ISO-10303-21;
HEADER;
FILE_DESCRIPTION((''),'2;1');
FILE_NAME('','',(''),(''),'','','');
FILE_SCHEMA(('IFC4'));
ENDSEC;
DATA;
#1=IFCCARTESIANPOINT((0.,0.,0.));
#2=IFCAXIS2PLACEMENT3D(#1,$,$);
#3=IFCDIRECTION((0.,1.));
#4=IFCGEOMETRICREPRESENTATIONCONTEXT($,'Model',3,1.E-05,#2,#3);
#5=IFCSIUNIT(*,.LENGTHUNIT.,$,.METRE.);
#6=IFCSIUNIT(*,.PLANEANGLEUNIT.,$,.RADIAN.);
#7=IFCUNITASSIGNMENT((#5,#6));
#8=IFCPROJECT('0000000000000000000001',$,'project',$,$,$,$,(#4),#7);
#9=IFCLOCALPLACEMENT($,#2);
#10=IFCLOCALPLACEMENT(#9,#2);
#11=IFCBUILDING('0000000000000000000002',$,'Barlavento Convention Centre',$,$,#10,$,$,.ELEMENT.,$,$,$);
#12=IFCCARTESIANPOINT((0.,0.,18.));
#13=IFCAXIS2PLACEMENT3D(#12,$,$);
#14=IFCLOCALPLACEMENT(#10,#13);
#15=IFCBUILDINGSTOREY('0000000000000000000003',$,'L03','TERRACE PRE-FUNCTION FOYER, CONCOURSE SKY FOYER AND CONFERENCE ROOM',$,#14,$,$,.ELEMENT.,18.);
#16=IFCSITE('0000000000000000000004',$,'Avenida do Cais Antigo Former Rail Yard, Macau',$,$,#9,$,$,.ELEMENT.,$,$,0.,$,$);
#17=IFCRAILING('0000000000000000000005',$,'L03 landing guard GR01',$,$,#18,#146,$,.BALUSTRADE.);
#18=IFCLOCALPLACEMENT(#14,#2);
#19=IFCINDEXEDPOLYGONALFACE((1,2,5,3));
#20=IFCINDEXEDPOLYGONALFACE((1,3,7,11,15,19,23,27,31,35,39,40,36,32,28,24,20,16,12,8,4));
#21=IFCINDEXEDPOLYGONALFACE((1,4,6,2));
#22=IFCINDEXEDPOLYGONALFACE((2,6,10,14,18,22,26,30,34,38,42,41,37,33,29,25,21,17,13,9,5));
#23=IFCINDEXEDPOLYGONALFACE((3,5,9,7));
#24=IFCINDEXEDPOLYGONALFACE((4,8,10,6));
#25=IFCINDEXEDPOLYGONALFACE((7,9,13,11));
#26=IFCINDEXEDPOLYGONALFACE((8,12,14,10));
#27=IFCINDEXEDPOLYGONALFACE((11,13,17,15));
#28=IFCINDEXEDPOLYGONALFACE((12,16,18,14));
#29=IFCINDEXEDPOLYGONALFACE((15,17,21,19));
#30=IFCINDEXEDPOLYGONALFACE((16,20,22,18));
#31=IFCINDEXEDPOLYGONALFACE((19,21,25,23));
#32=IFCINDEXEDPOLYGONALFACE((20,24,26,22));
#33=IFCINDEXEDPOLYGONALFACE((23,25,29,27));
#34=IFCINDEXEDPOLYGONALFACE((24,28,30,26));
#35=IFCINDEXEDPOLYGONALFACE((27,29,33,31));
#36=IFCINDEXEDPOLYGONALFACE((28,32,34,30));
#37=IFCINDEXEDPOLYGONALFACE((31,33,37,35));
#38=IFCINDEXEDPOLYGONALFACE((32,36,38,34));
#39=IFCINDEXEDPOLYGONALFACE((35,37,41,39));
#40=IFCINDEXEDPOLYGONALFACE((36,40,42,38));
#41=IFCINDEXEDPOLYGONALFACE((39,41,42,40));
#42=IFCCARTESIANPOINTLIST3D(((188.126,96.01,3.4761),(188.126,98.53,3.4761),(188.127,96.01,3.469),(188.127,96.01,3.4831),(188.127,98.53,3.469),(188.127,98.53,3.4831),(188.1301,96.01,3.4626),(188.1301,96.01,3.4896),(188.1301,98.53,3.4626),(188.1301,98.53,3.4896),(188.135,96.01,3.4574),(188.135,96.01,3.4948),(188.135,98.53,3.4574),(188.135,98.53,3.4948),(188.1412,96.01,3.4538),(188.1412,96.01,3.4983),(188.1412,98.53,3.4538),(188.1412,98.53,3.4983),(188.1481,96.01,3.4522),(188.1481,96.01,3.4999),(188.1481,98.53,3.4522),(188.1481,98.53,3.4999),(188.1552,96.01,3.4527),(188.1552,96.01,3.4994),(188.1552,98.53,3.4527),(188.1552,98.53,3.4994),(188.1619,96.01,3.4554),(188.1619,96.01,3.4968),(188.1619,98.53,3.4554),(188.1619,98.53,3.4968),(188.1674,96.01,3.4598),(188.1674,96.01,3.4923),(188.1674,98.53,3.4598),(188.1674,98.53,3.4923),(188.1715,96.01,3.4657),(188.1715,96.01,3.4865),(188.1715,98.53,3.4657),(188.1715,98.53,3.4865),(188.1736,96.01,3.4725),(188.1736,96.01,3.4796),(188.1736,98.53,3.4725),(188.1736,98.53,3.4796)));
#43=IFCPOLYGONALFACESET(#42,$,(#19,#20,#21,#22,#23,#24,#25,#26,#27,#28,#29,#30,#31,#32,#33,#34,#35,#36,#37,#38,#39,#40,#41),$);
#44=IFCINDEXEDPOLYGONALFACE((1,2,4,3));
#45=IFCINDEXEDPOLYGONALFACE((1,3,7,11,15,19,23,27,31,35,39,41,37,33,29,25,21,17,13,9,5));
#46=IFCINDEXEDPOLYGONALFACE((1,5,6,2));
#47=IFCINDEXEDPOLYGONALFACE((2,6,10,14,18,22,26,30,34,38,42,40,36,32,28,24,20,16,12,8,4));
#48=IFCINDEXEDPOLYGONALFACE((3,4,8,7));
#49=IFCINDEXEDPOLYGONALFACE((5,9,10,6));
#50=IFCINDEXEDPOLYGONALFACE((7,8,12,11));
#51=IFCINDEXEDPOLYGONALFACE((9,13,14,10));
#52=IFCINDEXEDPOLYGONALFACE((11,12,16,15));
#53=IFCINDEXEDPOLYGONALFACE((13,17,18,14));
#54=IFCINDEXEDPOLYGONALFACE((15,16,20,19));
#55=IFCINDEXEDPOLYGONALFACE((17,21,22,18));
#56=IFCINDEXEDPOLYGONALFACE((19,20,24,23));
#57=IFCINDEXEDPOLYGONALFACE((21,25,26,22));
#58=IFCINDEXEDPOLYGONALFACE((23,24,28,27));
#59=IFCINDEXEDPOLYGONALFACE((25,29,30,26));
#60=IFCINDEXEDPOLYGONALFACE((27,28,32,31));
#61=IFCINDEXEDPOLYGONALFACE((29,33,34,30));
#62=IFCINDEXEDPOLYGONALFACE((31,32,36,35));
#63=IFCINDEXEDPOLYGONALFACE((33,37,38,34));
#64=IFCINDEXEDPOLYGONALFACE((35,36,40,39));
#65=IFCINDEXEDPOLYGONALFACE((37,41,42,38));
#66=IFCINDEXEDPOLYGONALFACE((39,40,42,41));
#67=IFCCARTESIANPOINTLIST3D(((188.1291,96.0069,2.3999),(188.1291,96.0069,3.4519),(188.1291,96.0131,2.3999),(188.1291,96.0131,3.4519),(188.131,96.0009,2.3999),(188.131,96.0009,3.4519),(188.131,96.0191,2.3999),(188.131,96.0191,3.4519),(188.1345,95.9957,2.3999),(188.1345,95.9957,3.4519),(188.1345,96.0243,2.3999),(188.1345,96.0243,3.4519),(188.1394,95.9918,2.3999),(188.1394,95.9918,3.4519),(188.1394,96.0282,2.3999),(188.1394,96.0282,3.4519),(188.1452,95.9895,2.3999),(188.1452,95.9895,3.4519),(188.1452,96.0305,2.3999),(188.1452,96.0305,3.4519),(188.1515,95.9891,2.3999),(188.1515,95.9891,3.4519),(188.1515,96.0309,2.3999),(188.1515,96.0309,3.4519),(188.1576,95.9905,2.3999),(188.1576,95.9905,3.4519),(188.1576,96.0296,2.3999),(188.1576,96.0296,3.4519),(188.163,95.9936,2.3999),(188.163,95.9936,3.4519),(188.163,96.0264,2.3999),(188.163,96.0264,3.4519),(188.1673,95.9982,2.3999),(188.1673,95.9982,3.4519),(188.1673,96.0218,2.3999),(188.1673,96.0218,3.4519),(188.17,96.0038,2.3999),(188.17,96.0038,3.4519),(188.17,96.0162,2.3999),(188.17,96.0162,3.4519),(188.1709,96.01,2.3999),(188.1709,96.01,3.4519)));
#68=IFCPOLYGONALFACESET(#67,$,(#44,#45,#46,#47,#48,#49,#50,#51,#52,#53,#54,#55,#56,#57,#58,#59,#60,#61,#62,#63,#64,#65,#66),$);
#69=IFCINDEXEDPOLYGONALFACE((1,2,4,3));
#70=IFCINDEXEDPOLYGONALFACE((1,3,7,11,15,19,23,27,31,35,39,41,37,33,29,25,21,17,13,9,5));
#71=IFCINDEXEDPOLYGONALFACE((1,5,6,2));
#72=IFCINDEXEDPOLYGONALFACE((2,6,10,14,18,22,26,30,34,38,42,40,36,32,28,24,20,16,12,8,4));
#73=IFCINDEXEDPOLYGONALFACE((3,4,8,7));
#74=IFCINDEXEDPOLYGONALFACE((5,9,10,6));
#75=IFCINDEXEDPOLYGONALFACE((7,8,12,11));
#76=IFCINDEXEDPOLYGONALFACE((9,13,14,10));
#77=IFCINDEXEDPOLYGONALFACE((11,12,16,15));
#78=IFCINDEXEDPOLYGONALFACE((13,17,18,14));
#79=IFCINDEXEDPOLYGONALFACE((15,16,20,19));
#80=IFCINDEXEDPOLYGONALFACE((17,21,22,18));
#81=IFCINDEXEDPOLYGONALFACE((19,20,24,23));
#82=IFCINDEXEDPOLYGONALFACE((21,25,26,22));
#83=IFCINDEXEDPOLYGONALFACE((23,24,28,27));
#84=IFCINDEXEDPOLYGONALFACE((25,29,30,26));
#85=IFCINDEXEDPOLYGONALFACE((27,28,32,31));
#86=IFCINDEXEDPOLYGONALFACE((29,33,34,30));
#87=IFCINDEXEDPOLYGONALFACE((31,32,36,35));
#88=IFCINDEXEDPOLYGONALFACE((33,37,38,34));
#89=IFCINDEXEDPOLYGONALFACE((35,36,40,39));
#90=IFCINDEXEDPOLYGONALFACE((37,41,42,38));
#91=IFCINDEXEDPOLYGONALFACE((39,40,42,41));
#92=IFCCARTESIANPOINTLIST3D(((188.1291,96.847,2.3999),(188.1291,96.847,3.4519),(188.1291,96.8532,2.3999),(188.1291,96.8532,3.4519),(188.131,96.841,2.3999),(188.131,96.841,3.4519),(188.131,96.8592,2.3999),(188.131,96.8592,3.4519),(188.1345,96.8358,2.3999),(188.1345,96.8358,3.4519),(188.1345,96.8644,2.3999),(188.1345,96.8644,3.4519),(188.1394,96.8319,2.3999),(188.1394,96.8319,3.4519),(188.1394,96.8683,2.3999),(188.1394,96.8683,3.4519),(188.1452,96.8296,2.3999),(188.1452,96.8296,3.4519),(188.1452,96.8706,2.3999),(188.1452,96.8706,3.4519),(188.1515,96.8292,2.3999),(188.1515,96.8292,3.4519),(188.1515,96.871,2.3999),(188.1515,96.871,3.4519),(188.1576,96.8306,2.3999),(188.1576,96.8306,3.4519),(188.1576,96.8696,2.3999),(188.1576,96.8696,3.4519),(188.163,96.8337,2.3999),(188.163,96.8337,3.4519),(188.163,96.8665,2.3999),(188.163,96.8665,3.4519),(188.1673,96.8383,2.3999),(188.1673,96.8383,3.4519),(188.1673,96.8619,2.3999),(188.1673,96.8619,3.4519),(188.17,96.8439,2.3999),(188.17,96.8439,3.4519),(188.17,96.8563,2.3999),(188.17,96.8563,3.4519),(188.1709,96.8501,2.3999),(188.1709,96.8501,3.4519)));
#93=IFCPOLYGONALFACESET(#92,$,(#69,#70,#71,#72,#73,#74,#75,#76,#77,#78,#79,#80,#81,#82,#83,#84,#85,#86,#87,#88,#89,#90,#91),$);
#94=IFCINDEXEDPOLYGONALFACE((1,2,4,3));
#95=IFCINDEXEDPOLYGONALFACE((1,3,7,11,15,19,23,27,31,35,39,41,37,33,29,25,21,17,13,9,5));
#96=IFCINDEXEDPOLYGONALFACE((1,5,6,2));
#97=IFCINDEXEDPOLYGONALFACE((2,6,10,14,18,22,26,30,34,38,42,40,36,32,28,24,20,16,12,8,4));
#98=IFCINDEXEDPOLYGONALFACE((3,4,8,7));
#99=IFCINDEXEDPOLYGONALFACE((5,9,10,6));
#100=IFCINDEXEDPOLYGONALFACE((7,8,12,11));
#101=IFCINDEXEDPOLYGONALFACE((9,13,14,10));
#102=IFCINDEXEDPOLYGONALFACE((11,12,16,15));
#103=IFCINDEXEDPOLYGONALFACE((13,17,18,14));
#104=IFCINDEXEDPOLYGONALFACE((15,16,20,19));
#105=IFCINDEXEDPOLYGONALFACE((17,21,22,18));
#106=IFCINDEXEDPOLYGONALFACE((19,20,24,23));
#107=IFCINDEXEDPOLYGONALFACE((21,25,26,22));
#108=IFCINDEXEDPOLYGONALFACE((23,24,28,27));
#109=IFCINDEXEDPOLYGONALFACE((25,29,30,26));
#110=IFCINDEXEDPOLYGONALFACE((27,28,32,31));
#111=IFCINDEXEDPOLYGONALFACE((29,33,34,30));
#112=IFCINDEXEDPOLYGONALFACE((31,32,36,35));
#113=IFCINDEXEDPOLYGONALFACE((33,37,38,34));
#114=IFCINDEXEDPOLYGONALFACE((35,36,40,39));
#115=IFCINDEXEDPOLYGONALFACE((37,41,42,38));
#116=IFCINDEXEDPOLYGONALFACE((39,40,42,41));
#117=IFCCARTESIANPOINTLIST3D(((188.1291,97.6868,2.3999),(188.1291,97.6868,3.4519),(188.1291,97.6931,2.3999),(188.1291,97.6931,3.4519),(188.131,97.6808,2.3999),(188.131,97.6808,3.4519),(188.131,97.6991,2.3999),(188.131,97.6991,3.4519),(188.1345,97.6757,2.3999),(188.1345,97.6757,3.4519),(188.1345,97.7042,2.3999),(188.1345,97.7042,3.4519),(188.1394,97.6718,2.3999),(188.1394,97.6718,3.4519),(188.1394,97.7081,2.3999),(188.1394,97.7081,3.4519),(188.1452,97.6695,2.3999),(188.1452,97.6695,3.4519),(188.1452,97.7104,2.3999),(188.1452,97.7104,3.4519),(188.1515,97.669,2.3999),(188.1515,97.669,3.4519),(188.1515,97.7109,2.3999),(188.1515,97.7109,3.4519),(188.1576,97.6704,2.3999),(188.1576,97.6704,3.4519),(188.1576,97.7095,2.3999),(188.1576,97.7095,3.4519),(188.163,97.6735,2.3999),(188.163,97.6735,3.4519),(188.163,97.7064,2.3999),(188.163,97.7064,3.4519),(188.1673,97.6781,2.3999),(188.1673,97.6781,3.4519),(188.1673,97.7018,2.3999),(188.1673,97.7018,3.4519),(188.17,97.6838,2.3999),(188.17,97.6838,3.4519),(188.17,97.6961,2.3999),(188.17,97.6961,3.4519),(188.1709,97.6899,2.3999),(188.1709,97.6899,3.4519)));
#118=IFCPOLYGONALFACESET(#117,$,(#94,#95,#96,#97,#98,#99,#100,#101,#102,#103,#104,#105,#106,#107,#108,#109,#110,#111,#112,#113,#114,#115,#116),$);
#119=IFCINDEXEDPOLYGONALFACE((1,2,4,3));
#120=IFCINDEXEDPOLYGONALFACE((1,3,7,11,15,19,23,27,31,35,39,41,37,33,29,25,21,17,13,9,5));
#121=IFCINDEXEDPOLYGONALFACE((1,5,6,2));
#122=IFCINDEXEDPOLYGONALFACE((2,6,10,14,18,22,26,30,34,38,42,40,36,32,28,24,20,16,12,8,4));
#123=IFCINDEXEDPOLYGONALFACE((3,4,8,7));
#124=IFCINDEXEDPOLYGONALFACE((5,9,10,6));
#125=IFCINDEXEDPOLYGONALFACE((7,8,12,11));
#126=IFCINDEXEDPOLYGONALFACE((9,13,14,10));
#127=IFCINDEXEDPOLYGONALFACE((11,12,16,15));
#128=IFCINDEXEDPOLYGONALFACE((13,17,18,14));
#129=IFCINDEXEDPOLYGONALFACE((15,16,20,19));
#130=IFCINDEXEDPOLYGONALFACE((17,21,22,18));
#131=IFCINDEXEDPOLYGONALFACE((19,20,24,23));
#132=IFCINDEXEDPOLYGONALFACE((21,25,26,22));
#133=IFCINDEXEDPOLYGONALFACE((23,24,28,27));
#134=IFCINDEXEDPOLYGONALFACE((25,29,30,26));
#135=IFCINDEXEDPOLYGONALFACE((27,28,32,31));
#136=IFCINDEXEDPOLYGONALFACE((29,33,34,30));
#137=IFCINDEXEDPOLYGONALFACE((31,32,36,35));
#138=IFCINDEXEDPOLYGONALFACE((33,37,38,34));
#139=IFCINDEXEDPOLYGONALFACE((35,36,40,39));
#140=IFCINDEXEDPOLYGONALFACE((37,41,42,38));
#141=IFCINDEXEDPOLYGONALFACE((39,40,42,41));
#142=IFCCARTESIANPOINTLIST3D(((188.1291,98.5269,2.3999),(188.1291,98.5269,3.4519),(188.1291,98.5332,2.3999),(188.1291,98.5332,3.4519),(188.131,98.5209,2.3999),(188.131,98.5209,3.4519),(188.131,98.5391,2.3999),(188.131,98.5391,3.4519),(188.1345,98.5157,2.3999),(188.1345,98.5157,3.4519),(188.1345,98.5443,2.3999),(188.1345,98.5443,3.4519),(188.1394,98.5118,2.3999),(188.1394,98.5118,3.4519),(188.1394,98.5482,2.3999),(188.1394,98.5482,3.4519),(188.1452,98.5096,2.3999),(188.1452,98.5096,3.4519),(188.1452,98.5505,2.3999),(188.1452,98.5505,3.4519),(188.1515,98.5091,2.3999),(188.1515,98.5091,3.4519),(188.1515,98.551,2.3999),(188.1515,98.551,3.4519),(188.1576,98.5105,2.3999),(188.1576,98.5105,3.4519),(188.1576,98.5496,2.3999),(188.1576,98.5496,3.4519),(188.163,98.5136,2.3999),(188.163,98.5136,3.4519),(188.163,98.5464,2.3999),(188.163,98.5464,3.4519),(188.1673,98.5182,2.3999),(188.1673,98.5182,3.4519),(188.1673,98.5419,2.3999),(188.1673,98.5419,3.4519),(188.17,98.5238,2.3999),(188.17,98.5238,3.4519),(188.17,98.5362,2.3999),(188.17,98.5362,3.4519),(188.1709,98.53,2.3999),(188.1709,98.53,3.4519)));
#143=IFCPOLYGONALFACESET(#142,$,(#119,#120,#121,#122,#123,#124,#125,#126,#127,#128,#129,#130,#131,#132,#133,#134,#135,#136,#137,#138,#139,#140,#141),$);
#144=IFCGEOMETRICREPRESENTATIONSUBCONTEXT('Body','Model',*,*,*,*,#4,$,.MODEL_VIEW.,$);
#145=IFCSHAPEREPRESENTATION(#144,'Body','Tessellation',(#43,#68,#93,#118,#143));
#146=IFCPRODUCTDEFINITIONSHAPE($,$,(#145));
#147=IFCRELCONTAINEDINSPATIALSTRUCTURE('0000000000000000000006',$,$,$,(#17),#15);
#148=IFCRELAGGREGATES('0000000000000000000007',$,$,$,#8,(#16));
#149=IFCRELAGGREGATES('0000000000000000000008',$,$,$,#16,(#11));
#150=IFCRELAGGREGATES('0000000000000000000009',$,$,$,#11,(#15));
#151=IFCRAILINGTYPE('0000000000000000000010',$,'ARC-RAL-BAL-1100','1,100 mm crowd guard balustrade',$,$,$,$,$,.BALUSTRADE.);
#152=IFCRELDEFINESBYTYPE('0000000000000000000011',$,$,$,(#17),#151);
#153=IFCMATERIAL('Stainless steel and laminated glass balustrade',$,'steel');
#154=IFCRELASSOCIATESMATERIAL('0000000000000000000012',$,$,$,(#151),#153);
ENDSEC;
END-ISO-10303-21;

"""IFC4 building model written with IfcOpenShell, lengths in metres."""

from ifc_helpers import new_model, si_unit, direction, frame, origin, origin_2d, place, context, subcontext, project, spatial, circle, extrude, material, type_object, element, save


model = new_model("IFC4")

# Units and contexts
model_context = context("Model", 3, precision=1e-05, world=origin(), true_north=direction((0.0, 1.0)))
body_context = subcontext(model_context, "Body", "Model", "MODEL_VIEW")
ifc_project = project(units=[si_unit("LENGTHUNIT", "METRE"), si_unit("PLANEANGLEUNIT", "RADIAN")], contexts=[model_context])

# Site, building, storey
site_placement = place(None, origin())
site = spatial("IfcSite", under=ifc_project, at=site_placement, Name="Avenida do Cais Antigo Former Rail Yard, Macau", CompositionType="ELEMENT", RefElevation=0.0)
building_placement = place(site_placement, origin())
building = spatial("IfcBuilding", under=site, at=building_placement, Name="Barlavento Convention Centre", CompositionType="ELEMENT")
storey_placement = place(building_placement, frame((0.0, 0.0, 18.0)))
storey = spatial("IfcBuildingStorey", under=building, at=storey_placement, Name="L03", Description="TERRACE PRE-FUNCTION FOYER, CONCOURSE SKY FOYER AND CONFERENCE ROOM", CompositionType="ELEMENT", Elevation=18.0)

# Railing
ifc_material_1 = material(Name="Stainless steel and laminated glass balustrade", Category="steel")
railing_type_1 = type_object("IfcRailingType", Name="ARC-RAL-BAL-1100", Description="1,100 mm crowd guard balustrade", PredefinedType="BALUSTRADE", material=ifc_material_1)
for number, where, name in (
    (1, (188.1499, 96.01, 2.3999), "L03 landing guard GR01"),
):
    element("IfcRailing", number, at=place(storey_placement, frame(where)), inside=storey, type_object=railing_type_1, Name=name, PredefinedType="BALUSTRADE", context=body_context, shape_type="SweptSolid", body=[
        extrude(circle(Radius=0.0239, at=origin_2d()), frame((0.0, 0.0, 1.0762), z_axis=(0.0, 1.0, 0.0), x_axis=(-1.0, 0.0, 0.0)), (0.0, 0.0, 1.0), 2.52),
        extrude(circle(Radius=0.021, at=origin_2d()), origin(), (0.0, 0.0, 1.0), 1.052),
        extrude(circle(Radius=0.021, at=origin_2d()), frame((0.0, 0.8401, 0.0)), (0.0, 0.0, 1.0), 1.052),
        extrude(circle(Radius=0.021, at=origin_2d()), frame((0.0, 1.6799, 0.0)), (0.0, 0.0, 1.0), 1.052),
        extrude(circle(Radius=0.021, at=origin_2d()), frame((0.0, 2.52, 0.0)), (0.0, 0.0, 1.0), 1.052),
    ])

save(model, "model.ifc")
